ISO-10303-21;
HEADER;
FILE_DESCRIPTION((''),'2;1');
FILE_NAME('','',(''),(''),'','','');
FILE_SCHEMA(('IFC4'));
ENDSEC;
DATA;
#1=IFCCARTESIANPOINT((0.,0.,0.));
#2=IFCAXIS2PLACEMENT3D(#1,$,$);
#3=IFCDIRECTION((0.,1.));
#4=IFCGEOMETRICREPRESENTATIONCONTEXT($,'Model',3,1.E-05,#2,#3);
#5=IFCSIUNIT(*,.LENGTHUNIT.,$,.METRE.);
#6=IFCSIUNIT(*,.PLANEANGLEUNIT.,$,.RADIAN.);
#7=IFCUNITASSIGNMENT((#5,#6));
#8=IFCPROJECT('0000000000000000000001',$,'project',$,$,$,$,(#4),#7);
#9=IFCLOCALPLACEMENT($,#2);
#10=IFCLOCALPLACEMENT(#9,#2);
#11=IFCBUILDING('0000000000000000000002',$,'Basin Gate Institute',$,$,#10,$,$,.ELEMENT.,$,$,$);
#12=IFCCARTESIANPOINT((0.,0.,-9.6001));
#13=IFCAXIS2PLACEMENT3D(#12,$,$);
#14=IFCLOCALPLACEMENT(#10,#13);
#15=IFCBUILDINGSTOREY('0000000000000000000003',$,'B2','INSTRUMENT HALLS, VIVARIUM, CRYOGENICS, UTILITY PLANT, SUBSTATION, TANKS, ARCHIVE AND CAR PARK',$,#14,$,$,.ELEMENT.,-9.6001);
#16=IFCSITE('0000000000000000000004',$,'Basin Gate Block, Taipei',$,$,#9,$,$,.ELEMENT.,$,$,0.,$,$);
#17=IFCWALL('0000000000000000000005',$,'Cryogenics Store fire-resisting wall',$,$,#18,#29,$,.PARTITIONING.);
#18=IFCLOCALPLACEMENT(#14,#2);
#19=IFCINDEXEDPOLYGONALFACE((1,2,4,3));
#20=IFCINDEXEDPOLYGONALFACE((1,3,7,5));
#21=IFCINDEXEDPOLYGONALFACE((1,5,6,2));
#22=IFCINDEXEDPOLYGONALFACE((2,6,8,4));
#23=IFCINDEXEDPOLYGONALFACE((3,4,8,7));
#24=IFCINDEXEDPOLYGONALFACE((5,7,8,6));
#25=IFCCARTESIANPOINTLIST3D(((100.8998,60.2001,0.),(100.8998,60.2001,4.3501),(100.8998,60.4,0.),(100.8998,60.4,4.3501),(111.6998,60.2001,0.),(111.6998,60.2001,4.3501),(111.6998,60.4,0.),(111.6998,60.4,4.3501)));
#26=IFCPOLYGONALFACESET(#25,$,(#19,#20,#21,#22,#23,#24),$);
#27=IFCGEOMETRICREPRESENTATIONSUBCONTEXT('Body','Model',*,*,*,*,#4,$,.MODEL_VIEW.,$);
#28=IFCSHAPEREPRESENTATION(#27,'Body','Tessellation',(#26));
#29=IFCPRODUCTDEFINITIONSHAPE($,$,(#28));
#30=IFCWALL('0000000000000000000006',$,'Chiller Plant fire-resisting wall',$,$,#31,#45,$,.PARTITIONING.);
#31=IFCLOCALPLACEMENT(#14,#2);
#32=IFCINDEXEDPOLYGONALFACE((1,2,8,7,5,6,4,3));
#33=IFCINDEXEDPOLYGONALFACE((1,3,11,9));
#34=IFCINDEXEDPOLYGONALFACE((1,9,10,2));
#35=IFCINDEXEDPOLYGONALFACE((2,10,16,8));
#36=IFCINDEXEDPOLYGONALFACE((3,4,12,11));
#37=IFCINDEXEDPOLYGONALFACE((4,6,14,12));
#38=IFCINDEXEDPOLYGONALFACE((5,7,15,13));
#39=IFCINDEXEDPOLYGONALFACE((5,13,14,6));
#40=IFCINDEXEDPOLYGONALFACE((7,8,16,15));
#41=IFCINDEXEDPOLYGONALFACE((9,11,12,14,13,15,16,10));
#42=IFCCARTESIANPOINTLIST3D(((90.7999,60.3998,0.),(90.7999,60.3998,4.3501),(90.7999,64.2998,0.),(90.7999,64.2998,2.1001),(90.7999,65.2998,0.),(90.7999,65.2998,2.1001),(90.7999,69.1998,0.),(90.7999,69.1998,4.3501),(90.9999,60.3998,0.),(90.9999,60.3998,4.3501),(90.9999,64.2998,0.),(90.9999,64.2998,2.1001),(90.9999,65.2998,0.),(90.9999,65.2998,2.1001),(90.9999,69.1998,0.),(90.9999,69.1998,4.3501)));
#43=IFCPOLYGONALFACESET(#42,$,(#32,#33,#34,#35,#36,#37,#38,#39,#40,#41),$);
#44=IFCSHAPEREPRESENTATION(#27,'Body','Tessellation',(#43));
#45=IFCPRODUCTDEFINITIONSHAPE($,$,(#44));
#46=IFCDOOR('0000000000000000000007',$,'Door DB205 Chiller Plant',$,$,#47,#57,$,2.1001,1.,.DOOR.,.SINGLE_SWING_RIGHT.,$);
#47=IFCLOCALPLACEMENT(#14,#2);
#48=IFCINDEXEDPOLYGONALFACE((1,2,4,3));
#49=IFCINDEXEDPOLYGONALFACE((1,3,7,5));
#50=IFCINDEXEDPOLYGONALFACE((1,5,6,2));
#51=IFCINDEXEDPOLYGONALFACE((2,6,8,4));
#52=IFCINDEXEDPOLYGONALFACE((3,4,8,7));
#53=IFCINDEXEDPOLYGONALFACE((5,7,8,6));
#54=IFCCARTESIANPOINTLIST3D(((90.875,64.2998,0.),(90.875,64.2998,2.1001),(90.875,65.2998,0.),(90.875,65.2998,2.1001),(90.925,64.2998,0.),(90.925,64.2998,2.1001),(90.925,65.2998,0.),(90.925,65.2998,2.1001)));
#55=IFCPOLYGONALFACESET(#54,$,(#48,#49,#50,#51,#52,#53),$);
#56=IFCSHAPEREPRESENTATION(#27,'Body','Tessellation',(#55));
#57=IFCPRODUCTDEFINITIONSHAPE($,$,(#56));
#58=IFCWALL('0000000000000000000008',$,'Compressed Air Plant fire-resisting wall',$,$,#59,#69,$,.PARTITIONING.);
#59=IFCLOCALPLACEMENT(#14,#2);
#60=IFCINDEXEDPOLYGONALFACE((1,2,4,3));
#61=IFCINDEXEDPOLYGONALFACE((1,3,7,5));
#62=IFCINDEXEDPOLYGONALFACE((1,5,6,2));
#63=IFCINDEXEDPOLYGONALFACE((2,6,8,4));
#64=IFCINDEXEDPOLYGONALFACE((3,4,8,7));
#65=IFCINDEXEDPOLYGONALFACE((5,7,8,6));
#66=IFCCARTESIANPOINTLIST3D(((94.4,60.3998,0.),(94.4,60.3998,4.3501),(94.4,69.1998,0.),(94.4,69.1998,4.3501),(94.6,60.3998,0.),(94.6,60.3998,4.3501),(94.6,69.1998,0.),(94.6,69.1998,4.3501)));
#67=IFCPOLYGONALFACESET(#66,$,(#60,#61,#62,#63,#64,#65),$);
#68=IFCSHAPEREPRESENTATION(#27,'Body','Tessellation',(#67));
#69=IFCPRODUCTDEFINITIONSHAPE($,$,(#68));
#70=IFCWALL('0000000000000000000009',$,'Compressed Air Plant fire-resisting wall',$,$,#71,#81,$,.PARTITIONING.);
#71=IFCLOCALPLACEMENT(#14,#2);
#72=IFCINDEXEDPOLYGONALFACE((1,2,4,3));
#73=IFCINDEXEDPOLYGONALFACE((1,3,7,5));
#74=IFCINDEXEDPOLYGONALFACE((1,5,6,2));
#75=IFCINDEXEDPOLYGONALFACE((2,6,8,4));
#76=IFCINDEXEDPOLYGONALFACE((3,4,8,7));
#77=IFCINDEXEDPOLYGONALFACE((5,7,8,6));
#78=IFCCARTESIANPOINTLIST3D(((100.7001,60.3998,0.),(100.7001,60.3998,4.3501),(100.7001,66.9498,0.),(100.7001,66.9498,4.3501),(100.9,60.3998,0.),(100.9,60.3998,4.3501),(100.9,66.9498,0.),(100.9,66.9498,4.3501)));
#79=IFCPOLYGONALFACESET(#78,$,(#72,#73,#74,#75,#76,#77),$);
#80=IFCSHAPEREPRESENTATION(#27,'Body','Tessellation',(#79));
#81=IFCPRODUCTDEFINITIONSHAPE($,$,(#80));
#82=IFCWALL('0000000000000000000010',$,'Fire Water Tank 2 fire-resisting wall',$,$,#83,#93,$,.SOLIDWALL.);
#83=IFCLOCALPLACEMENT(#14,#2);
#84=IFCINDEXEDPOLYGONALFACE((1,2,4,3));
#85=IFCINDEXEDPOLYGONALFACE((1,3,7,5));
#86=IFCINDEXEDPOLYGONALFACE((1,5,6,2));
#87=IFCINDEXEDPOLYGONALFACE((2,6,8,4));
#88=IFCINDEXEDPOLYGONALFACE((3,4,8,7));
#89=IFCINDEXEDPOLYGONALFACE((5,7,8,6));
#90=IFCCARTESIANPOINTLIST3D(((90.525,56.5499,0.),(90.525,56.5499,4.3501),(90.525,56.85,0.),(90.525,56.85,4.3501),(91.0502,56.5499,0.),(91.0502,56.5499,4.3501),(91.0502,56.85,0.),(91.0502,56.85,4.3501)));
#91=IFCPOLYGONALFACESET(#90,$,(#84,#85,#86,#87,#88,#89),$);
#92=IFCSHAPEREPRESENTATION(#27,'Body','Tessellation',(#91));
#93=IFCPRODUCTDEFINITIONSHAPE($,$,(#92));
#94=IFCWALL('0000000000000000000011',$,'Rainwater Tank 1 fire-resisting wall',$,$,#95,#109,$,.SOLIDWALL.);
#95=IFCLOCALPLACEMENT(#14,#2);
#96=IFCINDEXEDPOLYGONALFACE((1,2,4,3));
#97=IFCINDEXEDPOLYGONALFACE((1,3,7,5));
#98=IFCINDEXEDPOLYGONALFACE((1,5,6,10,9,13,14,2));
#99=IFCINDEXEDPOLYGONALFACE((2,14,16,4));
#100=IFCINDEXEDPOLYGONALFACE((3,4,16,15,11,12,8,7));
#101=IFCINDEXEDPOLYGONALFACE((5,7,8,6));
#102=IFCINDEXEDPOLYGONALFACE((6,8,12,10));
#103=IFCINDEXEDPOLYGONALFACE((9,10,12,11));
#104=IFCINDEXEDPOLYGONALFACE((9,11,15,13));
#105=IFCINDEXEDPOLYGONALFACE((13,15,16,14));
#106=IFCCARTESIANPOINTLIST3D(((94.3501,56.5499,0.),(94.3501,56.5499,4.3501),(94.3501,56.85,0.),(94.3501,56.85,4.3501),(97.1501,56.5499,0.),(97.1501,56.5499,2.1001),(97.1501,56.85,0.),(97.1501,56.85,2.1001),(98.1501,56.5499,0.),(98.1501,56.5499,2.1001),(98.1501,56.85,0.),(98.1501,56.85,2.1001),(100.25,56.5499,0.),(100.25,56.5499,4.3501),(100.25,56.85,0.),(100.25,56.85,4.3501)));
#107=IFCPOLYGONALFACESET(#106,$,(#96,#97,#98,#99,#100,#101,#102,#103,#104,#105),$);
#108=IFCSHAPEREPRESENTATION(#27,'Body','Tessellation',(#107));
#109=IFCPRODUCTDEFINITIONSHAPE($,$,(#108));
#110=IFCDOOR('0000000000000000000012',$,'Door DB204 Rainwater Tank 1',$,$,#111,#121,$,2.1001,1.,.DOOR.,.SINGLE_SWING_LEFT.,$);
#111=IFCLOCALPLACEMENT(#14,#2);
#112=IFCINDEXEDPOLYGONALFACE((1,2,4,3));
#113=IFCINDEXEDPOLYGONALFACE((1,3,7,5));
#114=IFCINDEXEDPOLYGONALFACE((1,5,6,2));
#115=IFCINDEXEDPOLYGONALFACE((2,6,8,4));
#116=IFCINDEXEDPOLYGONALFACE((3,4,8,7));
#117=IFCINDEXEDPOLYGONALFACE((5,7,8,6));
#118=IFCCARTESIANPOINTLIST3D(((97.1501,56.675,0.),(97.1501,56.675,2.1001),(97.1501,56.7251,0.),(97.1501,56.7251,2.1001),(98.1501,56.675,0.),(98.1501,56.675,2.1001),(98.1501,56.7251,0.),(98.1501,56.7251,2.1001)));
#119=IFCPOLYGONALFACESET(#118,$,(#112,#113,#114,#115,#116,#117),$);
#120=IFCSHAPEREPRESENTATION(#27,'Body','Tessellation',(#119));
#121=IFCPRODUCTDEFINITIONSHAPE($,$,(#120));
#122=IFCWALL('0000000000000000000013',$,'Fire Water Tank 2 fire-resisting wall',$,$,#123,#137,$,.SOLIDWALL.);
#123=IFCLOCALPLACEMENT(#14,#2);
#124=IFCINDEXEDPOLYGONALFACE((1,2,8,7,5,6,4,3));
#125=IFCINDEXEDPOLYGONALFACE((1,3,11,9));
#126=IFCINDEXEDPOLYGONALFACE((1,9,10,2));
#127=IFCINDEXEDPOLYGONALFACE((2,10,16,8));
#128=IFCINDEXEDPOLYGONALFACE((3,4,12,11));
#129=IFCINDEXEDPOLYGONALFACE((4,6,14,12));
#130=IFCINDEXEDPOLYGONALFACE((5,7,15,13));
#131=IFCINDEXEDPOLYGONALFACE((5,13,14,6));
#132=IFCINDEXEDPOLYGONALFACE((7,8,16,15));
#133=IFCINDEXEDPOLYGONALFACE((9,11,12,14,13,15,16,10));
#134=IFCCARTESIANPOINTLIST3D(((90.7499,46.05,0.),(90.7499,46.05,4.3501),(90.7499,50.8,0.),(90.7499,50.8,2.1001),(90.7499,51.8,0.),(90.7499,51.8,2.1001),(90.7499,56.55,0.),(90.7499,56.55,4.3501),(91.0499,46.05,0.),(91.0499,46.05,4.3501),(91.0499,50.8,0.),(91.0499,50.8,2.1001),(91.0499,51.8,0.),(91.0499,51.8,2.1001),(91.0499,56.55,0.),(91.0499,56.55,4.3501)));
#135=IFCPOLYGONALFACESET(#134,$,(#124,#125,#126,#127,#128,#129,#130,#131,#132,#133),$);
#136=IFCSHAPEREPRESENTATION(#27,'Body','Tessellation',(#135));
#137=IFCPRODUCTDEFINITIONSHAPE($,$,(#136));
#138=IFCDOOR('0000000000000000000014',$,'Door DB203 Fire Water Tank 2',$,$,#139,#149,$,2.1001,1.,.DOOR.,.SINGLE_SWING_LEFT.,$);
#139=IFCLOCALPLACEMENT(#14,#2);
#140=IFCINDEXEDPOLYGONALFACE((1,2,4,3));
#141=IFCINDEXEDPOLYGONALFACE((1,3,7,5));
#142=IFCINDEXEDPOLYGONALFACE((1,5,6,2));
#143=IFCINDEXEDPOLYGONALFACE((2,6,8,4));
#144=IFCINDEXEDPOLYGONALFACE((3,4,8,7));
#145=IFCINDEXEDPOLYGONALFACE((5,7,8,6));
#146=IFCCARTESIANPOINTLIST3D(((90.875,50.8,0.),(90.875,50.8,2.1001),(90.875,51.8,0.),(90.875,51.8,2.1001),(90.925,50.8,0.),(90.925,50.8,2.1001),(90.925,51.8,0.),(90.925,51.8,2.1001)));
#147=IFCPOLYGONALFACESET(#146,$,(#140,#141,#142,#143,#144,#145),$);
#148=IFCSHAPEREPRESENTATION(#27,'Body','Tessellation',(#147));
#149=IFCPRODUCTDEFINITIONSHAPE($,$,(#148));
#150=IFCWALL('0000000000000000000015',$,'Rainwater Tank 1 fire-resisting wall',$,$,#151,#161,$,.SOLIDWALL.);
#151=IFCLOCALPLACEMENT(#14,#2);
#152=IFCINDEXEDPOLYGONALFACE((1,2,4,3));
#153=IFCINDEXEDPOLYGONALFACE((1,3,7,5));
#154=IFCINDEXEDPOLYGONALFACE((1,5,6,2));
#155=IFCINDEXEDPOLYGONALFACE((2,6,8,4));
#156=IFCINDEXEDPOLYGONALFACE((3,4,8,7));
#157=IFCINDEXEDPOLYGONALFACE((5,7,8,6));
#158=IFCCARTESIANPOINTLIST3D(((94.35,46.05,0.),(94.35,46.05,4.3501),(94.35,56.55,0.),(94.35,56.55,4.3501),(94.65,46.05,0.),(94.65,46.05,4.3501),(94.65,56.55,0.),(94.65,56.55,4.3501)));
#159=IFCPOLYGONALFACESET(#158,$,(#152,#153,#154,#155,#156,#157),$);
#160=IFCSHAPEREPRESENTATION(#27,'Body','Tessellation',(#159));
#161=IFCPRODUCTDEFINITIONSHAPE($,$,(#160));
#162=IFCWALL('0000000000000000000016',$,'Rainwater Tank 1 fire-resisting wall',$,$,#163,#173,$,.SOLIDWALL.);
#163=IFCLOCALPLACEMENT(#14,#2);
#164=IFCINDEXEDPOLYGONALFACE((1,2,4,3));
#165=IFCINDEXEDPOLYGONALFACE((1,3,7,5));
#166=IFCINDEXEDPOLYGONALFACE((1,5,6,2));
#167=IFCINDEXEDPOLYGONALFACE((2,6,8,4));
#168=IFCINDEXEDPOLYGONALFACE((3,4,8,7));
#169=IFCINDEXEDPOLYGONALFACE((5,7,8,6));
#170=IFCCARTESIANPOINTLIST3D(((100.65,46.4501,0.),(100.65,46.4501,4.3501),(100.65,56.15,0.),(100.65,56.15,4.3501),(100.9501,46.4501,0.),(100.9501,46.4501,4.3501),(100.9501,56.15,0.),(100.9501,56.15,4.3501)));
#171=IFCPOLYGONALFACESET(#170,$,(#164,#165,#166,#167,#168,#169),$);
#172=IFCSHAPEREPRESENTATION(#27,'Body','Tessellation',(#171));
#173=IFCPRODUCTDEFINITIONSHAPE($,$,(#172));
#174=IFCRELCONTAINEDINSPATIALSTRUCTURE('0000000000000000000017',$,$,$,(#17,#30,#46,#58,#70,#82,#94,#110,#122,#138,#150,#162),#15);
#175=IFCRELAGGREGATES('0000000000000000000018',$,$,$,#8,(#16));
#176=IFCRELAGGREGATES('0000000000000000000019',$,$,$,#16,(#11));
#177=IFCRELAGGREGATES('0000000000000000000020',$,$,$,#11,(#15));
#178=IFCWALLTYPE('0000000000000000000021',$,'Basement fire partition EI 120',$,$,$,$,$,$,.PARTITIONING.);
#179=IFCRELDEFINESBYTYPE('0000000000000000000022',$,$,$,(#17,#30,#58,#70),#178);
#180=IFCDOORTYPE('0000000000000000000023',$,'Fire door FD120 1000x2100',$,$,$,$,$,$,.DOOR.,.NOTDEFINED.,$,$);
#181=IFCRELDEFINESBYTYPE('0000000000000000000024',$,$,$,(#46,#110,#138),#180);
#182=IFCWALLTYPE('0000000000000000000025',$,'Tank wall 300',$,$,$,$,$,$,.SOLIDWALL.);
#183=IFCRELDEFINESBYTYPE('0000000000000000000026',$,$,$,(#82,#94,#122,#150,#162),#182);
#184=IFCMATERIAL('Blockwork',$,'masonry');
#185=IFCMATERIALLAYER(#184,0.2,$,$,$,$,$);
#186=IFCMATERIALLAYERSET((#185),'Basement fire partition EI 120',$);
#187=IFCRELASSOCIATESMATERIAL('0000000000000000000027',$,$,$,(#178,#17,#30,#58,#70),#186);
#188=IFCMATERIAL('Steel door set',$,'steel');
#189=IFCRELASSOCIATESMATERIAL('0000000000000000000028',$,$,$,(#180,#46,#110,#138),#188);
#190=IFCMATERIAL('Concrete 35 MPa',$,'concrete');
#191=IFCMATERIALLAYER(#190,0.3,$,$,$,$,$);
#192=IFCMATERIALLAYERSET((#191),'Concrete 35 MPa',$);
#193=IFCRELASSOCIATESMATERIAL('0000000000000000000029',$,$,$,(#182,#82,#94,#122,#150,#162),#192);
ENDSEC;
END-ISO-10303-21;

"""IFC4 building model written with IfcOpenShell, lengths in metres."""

from ifc_helpers import new_model, si_unit, direction, frame, frame_2d, origin, place, context, subcontext, project, spatial, rectangle, extrude, material, layer, layer_set, type_object, element, fill, save


model = new_model("IFC4")

# Units and contexts
model_context = context("Model", 3, precision=1e-05, world=origin(), true_north=direction((0.0, 1.0)))
body_context = subcontext(model_context, "Body", "Model", "MODEL_VIEW")
ifc_project = project(units=[si_unit("LENGTHUNIT", "METRE"), si_unit("PLANEANGLEUNIT", "RADIAN")], contexts=[model_context])

# Site, building, storey
site_placement = place(None, origin())
site = spatial("IfcSite", under=ifc_project, at=site_placement, Name="Basin Gate Block, Taipei", CompositionType="ELEMENT", RefElevation=0.0)
building_placement = place(site_placement, origin())
building = spatial("IfcBuilding", under=site, at=building_placement, Name="Basin Gate Institute", CompositionType="ELEMENT")
storey_placement = place(building_placement, frame((0.0, 0.0, -9.6001)))
storey = spatial("IfcBuildingStorey", under=building, at=storey_placement, Name="B2", Description="INSTRUMENT HALLS, VIVARIUM, CRYOGENICS, UTILITY PLANT, SUBSTATION, TANKS, ARCHIVE AND CAR PARK", CompositionType="ELEMENT", Elevation=-9.6001)

# Shared definitions
ifc_material_1 = material(Name="Blockwork", Category="masonry")
ifc_layer_1 = layer(ifc_material_1, 0.2)
ifc_layer_set_1 = layer_set([ifc_layer_1], Name="Basement fire partition EI 120")
wall_type_1 = type_object("IfcWallType", Name="Basement fire partition EI 120", PredefinedType="PARTITIONING", material=ifc_layer_set_1)
ifc_material_2 = material(Name="Steel door set", Category="steel")
door_type = type_object("IfcDoorType", Name="Fire door FD120 1000x2100", OperationType="NOTDEFINED", PredefinedType="DOOR", material=ifc_material_2)

# Wall
wall_1_placement = place(storey_placement, frame((100.8999, 60.3, 0.0), z_axis=(0.0, 0.0, 1.0), x_axis=(1.0, 0.0, 0.0)))
element("IfcWall", 1, at=wall_1_placement, inside=storey, type_object=wall_type_1, material=ifc_layer_set_1, Name="Cryogenics Store fire-resisting wall", PredefinedType="PARTITIONING", context=body_context, shape_type="SweptSolid", body=[
    extrude(rectangle(XDim=10.8, YDim=0.2, at=frame_2d((5.3999, 0.0))), origin(), (0.0, 0.0, 1.0), 4.3501),
])

# Wall, opening, door
wall_2_placement = place(storey_placement, frame((90.8999, 60.3999, 0.0), z_axis=(0.0, 0.0, 1.0), x_axis=(0.0, 1.0, 0.0)))
wall_2 = element("IfcWall", 2, at=wall_2_placement, inside=storey, type_object=wall_type_1, material=ifc_layer_set_1, Name="Chiller Plant fire-resisting wall", PredefinedType="PARTITIONING", context=body_context, shape_type="SweptSolid", body=[
    extrude(rectangle(XDim=8.8, YDim=0.2, at=frame_2d((4.3999, 0.0))), origin(), (0.0, 0.0, 1.0), 4.3501),
])
opening_1_placement = place(wall_2_placement, frame((3.8999, 0.0, 0.0)))
opening_1 = element("IfcOpeningElement", 3, at=opening_1_placement, cuts=wall_2, PredefinedType="OPENING", context=body_context, shape_type="SweptSolid", body=[
    extrude(rectangle(XDim=1.0, YDim=2.1001, at=frame_2d((0.5, 1.05))), frame((0.0, 0.1099, 0.0), z_axis=(0.0, -1.0, 0.0), x_axis=(1.0, 0.0, 0.0)), (0.0, 0.0, 1.0), 0.22),
])
door_1_placement = place(opening_1_placement, origin())
door_1 = element("IfcDoor", 4, at=door_1_placement, inside=storey, type_object=door_type, material=ifc_material_2, Name="Door DB205 Chiller Plant", OperationType="SINGLE_SWING_RIGHT", OverallHeight=2.1001, OverallWidth=1.0, PredefinedType="DOOR", context=body_context, shape_type="SweptSolid", body=[
    extrude(rectangle(XDim=1.0, YDim=2.1001, at=frame_2d((0.5, 1.05))), frame((0.0, 0.0249, 0.0), z_axis=(0.0, -1.0, 0.0), x_axis=(1.0, 0.0, 0.0)), (0.0, 0.0, 1.0), 0.05),
])
fill(opening_1, door_1)

# Walls
wall_3_placement = place(storey_placement, frame((94.5, 60.3999, 0.0), z_axis=(0.0, 0.0, 1.0), x_axis=(0.0, 1.0, 0.0)))
element("IfcWall", 5, at=wall_3_placement, inside=storey, type_object=wall_type_1, material=ifc_layer_set_1, Name="Compressed Air Plant fire-resisting wall", PredefinedType="PARTITIONING", context=body_context, shape_type="SweptSolid", body=[
    extrude(rectangle(XDim=8.8, YDim=0.2, at=frame_2d((4.3999, 0.0))), origin(), (0.0, 0.0, 1.0), 4.3501),
])
wall_4_placement = place(storey_placement, frame((100.8, 60.3999, 0.0), z_axis=(0.0, 0.0, 1.0), x_axis=(0.0, 1.0, 0.0)))
element("IfcWall", 6, at=wall_4_placement, inside=storey, type_object=wall_type_1, material=ifc_layer_set_1, Name="Compressed Air Plant fire-resisting wall", PredefinedType="PARTITIONING", context=body_context, shape_type="SweptSolid", body=[
    extrude(rectangle(XDim=6.55, YDim=0.2, at=frame_2d((3.2749, 0.0))), origin(), (0.0, 0.0, 1.0), 4.3501),
])
ifc_material_3 = material(Name="Concrete 35 MPa", Category="concrete")
ifc_layer_2 = layer(ifc_material_3, 0.3)
ifc_layer_set_2 = layer_set([ifc_layer_2], Name="Concrete 35 MPa")
wall_type_2 = type_object("IfcWallType", Name="Tank wall 300", PredefinedType="SOLIDWALL", material=ifc_layer_set_2)
wall_5_placement = place(storey_placement, frame((90.5249, 56.7, 0.0), z_axis=(0.0, 0.0, 1.0), x_axis=(1.0, 0.0, 0.0)))
element("IfcWall", 7, at=wall_5_placement, inside=storey, type_object=wall_type_2, material=ifc_layer_set_2, Name="Fire Water Tank 2 fire-resisting wall", PredefinedType="SOLIDWALL", context=body_context, shape_type="SweptSolid", body=[
    extrude(rectangle(XDim=0.5251, YDim=0.3, at=frame_2d((0.2627, 0.0))), origin(), (0.0, 0.0, 1.0), 4.3501),
])

# Walls, openings, doors
wall_6_placement = place(storey_placement, frame((94.3501, 56.7, 0.0), z_axis=(0.0, 0.0, 1.0), x_axis=(1.0, 0.0, 0.0)))
wall_6 = element("IfcWall", 8, at=wall_6_placement, inside=storey, type_object=wall_type_2, material=ifc_layer_set_2, Name="Rainwater Tank 1 fire-resisting wall", PredefinedType="SOLIDWALL", context=body_context, shape_type="SweptSolid", body=[
    extrude(rectangle(XDim=5.8999, YDim=0.3, at=frame_2d((2.95, 0.0))), origin(), (0.0, 0.0, 1.0), 4.3501),
])
opening_2_placement = place(wall_6_placement, frame((2.8, 0.0, 0.0)))
opening_2 = element("IfcOpeningElement", 9, at=opening_2_placement, cuts=wall_6, PredefinedType="OPENING", context=body_context, shape_type="SweptSolid", body=[
    extrude(rectangle(XDim=1.0, YDim=2.1001, at=frame_2d((0.5, 1.05))), frame((0.0, 0.1602, 0.0), z_axis=(0.0, -1.0, 0.0), x_axis=(1.0, 0.0, 0.0)), (0.0, 0.0, 1.0), 0.3201),
])
door_2_placement = place(opening_2_placement, frame((1.0, 0.0, 0.0), z_axis=(0.0, 0.0, 1.0), x_axis=(-1.0, 0.0, 0.0)))
door_2 = element("IfcDoor", 10, at=door_2_placement, inside=storey, type_object=door_type, material=ifc_material_2, Name="Door DB204 Rainwater Tank 1", OperationType="SINGLE_SWING_LEFT", OverallHeight=2.1001, OverallWidth=1.0, PredefinedType="DOOR", context=body_context, shape_type="SweptSolid", body=[
    extrude(rectangle(XDim=1.0, YDim=2.1001, at=frame_2d((0.5, 1.05))), frame((0.0, 0.0249, 0.0), z_axis=(0.0, -1.0, 0.0), x_axis=(1.0, 0.0, 0.0)), (0.0, 0.0, 1.0), 0.05),
])
fill(opening_2, door_2)
wall_7_placement = place(storey_placement, frame((90.8999, 46.05, 0.0), z_axis=(0.0, 0.0, 1.0), x_axis=(0.0, 1.0, 0.0)))
wall_7 = element("IfcWall", 11, at=wall_7_placement, inside=storey, type_object=wall_type_2, material=ifc_layer_set_2, Name="Fire Water Tank 2 fire-resisting wall", PredefinedType="SOLIDWALL", context=body_context, shape_type="SweptSolid", body=[
    extrude(rectangle(XDim=10.5, YDim=0.3, at=frame_2d((5.25, 0.0))), origin(), (0.0, 0.0, 1.0), 4.3501),
])
opening_3_placement = place(wall_7_placement, frame((4.75, 0.0, 0.0)))
opening_3 = element("IfcOpeningElement", 12, at=opening_3_placement, cuts=wall_7, PredefinedType="OPENING", context=body_context, shape_type="SweptSolid", body=[
    extrude(rectangle(XDim=1.0, YDim=2.1001, at=frame_2d((0.5, 1.05))), frame((0.0, 0.1602, 0.0), z_axis=(0.0, -1.0, 0.0), x_axis=(1.0, 0.0, 0.0)), (0.0, 0.0, 1.0), 0.3201),
])
door_3_placement = place(opening_3_placement, origin())
door_3 = element("IfcDoor", 13, at=door_3_placement, inside=storey, type_object=door_type, material=ifc_material_2, Name="Door DB203 Fire Water Tank 2", OperationType="SINGLE_SWING_LEFT", OverallHeight=2.1001, OverallWidth=1.0, PredefinedType="DOOR", context=body_context, shape_type="SweptSolid", body=[
    extrude(rectangle(XDim=1.0, YDim=2.1001, at=frame_2d((0.5, 1.05))), frame((0.0, 0.0249, 0.0), z_axis=(0.0, -1.0, 0.0), x_axis=(1.0, 0.0, 0.0)), (0.0, 0.0, 1.0), 0.05),
])
fill(opening_3, door_3)

# Walls
wall_8_placement = place(storey_placement, frame((94.5, 46.05, 0.0), z_axis=(0.0, 0.0, 1.0), x_axis=(0.0, 1.0, 0.0)))
element("IfcWall", 14, at=wall_8_placement, inside=storey, type_object=wall_type_2, material=ifc_layer_set_2, Name="Rainwater Tank 1 fire-resisting wall", PredefinedType="SOLIDWALL", context=body_context, shape_type="SweptSolid", body=[
    extrude(rectangle(XDim=10.5, YDim=0.3, at=frame_2d((5.25, 0.0))), origin(), (0.0, 0.0, 1.0), 4.3501),
])
wall_9_placement = place(storey_placement, frame((100.8, 46.45, 0.0), z_axis=(0.0, 0.0, 1.0), x_axis=(0.0, 1.0, 0.0)))
element("IfcWall", 15, at=wall_9_placement, inside=storey, type_object=wall_type_2, material=ifc_layer_set_2, Name="Rainwater Tank 1 fire-resisting wall", PredefinedType="SOLIDWALL", context=body_context, shape_type="SweptSolid", body=[
    extrude(rectangle(XDim=9.7, YDim=0.3, at=frame_2d((4.8501, 0.0))), origin(), (0.0, 0.0, 1.0), 4.3501),
])

save(model, "model.ifc")
